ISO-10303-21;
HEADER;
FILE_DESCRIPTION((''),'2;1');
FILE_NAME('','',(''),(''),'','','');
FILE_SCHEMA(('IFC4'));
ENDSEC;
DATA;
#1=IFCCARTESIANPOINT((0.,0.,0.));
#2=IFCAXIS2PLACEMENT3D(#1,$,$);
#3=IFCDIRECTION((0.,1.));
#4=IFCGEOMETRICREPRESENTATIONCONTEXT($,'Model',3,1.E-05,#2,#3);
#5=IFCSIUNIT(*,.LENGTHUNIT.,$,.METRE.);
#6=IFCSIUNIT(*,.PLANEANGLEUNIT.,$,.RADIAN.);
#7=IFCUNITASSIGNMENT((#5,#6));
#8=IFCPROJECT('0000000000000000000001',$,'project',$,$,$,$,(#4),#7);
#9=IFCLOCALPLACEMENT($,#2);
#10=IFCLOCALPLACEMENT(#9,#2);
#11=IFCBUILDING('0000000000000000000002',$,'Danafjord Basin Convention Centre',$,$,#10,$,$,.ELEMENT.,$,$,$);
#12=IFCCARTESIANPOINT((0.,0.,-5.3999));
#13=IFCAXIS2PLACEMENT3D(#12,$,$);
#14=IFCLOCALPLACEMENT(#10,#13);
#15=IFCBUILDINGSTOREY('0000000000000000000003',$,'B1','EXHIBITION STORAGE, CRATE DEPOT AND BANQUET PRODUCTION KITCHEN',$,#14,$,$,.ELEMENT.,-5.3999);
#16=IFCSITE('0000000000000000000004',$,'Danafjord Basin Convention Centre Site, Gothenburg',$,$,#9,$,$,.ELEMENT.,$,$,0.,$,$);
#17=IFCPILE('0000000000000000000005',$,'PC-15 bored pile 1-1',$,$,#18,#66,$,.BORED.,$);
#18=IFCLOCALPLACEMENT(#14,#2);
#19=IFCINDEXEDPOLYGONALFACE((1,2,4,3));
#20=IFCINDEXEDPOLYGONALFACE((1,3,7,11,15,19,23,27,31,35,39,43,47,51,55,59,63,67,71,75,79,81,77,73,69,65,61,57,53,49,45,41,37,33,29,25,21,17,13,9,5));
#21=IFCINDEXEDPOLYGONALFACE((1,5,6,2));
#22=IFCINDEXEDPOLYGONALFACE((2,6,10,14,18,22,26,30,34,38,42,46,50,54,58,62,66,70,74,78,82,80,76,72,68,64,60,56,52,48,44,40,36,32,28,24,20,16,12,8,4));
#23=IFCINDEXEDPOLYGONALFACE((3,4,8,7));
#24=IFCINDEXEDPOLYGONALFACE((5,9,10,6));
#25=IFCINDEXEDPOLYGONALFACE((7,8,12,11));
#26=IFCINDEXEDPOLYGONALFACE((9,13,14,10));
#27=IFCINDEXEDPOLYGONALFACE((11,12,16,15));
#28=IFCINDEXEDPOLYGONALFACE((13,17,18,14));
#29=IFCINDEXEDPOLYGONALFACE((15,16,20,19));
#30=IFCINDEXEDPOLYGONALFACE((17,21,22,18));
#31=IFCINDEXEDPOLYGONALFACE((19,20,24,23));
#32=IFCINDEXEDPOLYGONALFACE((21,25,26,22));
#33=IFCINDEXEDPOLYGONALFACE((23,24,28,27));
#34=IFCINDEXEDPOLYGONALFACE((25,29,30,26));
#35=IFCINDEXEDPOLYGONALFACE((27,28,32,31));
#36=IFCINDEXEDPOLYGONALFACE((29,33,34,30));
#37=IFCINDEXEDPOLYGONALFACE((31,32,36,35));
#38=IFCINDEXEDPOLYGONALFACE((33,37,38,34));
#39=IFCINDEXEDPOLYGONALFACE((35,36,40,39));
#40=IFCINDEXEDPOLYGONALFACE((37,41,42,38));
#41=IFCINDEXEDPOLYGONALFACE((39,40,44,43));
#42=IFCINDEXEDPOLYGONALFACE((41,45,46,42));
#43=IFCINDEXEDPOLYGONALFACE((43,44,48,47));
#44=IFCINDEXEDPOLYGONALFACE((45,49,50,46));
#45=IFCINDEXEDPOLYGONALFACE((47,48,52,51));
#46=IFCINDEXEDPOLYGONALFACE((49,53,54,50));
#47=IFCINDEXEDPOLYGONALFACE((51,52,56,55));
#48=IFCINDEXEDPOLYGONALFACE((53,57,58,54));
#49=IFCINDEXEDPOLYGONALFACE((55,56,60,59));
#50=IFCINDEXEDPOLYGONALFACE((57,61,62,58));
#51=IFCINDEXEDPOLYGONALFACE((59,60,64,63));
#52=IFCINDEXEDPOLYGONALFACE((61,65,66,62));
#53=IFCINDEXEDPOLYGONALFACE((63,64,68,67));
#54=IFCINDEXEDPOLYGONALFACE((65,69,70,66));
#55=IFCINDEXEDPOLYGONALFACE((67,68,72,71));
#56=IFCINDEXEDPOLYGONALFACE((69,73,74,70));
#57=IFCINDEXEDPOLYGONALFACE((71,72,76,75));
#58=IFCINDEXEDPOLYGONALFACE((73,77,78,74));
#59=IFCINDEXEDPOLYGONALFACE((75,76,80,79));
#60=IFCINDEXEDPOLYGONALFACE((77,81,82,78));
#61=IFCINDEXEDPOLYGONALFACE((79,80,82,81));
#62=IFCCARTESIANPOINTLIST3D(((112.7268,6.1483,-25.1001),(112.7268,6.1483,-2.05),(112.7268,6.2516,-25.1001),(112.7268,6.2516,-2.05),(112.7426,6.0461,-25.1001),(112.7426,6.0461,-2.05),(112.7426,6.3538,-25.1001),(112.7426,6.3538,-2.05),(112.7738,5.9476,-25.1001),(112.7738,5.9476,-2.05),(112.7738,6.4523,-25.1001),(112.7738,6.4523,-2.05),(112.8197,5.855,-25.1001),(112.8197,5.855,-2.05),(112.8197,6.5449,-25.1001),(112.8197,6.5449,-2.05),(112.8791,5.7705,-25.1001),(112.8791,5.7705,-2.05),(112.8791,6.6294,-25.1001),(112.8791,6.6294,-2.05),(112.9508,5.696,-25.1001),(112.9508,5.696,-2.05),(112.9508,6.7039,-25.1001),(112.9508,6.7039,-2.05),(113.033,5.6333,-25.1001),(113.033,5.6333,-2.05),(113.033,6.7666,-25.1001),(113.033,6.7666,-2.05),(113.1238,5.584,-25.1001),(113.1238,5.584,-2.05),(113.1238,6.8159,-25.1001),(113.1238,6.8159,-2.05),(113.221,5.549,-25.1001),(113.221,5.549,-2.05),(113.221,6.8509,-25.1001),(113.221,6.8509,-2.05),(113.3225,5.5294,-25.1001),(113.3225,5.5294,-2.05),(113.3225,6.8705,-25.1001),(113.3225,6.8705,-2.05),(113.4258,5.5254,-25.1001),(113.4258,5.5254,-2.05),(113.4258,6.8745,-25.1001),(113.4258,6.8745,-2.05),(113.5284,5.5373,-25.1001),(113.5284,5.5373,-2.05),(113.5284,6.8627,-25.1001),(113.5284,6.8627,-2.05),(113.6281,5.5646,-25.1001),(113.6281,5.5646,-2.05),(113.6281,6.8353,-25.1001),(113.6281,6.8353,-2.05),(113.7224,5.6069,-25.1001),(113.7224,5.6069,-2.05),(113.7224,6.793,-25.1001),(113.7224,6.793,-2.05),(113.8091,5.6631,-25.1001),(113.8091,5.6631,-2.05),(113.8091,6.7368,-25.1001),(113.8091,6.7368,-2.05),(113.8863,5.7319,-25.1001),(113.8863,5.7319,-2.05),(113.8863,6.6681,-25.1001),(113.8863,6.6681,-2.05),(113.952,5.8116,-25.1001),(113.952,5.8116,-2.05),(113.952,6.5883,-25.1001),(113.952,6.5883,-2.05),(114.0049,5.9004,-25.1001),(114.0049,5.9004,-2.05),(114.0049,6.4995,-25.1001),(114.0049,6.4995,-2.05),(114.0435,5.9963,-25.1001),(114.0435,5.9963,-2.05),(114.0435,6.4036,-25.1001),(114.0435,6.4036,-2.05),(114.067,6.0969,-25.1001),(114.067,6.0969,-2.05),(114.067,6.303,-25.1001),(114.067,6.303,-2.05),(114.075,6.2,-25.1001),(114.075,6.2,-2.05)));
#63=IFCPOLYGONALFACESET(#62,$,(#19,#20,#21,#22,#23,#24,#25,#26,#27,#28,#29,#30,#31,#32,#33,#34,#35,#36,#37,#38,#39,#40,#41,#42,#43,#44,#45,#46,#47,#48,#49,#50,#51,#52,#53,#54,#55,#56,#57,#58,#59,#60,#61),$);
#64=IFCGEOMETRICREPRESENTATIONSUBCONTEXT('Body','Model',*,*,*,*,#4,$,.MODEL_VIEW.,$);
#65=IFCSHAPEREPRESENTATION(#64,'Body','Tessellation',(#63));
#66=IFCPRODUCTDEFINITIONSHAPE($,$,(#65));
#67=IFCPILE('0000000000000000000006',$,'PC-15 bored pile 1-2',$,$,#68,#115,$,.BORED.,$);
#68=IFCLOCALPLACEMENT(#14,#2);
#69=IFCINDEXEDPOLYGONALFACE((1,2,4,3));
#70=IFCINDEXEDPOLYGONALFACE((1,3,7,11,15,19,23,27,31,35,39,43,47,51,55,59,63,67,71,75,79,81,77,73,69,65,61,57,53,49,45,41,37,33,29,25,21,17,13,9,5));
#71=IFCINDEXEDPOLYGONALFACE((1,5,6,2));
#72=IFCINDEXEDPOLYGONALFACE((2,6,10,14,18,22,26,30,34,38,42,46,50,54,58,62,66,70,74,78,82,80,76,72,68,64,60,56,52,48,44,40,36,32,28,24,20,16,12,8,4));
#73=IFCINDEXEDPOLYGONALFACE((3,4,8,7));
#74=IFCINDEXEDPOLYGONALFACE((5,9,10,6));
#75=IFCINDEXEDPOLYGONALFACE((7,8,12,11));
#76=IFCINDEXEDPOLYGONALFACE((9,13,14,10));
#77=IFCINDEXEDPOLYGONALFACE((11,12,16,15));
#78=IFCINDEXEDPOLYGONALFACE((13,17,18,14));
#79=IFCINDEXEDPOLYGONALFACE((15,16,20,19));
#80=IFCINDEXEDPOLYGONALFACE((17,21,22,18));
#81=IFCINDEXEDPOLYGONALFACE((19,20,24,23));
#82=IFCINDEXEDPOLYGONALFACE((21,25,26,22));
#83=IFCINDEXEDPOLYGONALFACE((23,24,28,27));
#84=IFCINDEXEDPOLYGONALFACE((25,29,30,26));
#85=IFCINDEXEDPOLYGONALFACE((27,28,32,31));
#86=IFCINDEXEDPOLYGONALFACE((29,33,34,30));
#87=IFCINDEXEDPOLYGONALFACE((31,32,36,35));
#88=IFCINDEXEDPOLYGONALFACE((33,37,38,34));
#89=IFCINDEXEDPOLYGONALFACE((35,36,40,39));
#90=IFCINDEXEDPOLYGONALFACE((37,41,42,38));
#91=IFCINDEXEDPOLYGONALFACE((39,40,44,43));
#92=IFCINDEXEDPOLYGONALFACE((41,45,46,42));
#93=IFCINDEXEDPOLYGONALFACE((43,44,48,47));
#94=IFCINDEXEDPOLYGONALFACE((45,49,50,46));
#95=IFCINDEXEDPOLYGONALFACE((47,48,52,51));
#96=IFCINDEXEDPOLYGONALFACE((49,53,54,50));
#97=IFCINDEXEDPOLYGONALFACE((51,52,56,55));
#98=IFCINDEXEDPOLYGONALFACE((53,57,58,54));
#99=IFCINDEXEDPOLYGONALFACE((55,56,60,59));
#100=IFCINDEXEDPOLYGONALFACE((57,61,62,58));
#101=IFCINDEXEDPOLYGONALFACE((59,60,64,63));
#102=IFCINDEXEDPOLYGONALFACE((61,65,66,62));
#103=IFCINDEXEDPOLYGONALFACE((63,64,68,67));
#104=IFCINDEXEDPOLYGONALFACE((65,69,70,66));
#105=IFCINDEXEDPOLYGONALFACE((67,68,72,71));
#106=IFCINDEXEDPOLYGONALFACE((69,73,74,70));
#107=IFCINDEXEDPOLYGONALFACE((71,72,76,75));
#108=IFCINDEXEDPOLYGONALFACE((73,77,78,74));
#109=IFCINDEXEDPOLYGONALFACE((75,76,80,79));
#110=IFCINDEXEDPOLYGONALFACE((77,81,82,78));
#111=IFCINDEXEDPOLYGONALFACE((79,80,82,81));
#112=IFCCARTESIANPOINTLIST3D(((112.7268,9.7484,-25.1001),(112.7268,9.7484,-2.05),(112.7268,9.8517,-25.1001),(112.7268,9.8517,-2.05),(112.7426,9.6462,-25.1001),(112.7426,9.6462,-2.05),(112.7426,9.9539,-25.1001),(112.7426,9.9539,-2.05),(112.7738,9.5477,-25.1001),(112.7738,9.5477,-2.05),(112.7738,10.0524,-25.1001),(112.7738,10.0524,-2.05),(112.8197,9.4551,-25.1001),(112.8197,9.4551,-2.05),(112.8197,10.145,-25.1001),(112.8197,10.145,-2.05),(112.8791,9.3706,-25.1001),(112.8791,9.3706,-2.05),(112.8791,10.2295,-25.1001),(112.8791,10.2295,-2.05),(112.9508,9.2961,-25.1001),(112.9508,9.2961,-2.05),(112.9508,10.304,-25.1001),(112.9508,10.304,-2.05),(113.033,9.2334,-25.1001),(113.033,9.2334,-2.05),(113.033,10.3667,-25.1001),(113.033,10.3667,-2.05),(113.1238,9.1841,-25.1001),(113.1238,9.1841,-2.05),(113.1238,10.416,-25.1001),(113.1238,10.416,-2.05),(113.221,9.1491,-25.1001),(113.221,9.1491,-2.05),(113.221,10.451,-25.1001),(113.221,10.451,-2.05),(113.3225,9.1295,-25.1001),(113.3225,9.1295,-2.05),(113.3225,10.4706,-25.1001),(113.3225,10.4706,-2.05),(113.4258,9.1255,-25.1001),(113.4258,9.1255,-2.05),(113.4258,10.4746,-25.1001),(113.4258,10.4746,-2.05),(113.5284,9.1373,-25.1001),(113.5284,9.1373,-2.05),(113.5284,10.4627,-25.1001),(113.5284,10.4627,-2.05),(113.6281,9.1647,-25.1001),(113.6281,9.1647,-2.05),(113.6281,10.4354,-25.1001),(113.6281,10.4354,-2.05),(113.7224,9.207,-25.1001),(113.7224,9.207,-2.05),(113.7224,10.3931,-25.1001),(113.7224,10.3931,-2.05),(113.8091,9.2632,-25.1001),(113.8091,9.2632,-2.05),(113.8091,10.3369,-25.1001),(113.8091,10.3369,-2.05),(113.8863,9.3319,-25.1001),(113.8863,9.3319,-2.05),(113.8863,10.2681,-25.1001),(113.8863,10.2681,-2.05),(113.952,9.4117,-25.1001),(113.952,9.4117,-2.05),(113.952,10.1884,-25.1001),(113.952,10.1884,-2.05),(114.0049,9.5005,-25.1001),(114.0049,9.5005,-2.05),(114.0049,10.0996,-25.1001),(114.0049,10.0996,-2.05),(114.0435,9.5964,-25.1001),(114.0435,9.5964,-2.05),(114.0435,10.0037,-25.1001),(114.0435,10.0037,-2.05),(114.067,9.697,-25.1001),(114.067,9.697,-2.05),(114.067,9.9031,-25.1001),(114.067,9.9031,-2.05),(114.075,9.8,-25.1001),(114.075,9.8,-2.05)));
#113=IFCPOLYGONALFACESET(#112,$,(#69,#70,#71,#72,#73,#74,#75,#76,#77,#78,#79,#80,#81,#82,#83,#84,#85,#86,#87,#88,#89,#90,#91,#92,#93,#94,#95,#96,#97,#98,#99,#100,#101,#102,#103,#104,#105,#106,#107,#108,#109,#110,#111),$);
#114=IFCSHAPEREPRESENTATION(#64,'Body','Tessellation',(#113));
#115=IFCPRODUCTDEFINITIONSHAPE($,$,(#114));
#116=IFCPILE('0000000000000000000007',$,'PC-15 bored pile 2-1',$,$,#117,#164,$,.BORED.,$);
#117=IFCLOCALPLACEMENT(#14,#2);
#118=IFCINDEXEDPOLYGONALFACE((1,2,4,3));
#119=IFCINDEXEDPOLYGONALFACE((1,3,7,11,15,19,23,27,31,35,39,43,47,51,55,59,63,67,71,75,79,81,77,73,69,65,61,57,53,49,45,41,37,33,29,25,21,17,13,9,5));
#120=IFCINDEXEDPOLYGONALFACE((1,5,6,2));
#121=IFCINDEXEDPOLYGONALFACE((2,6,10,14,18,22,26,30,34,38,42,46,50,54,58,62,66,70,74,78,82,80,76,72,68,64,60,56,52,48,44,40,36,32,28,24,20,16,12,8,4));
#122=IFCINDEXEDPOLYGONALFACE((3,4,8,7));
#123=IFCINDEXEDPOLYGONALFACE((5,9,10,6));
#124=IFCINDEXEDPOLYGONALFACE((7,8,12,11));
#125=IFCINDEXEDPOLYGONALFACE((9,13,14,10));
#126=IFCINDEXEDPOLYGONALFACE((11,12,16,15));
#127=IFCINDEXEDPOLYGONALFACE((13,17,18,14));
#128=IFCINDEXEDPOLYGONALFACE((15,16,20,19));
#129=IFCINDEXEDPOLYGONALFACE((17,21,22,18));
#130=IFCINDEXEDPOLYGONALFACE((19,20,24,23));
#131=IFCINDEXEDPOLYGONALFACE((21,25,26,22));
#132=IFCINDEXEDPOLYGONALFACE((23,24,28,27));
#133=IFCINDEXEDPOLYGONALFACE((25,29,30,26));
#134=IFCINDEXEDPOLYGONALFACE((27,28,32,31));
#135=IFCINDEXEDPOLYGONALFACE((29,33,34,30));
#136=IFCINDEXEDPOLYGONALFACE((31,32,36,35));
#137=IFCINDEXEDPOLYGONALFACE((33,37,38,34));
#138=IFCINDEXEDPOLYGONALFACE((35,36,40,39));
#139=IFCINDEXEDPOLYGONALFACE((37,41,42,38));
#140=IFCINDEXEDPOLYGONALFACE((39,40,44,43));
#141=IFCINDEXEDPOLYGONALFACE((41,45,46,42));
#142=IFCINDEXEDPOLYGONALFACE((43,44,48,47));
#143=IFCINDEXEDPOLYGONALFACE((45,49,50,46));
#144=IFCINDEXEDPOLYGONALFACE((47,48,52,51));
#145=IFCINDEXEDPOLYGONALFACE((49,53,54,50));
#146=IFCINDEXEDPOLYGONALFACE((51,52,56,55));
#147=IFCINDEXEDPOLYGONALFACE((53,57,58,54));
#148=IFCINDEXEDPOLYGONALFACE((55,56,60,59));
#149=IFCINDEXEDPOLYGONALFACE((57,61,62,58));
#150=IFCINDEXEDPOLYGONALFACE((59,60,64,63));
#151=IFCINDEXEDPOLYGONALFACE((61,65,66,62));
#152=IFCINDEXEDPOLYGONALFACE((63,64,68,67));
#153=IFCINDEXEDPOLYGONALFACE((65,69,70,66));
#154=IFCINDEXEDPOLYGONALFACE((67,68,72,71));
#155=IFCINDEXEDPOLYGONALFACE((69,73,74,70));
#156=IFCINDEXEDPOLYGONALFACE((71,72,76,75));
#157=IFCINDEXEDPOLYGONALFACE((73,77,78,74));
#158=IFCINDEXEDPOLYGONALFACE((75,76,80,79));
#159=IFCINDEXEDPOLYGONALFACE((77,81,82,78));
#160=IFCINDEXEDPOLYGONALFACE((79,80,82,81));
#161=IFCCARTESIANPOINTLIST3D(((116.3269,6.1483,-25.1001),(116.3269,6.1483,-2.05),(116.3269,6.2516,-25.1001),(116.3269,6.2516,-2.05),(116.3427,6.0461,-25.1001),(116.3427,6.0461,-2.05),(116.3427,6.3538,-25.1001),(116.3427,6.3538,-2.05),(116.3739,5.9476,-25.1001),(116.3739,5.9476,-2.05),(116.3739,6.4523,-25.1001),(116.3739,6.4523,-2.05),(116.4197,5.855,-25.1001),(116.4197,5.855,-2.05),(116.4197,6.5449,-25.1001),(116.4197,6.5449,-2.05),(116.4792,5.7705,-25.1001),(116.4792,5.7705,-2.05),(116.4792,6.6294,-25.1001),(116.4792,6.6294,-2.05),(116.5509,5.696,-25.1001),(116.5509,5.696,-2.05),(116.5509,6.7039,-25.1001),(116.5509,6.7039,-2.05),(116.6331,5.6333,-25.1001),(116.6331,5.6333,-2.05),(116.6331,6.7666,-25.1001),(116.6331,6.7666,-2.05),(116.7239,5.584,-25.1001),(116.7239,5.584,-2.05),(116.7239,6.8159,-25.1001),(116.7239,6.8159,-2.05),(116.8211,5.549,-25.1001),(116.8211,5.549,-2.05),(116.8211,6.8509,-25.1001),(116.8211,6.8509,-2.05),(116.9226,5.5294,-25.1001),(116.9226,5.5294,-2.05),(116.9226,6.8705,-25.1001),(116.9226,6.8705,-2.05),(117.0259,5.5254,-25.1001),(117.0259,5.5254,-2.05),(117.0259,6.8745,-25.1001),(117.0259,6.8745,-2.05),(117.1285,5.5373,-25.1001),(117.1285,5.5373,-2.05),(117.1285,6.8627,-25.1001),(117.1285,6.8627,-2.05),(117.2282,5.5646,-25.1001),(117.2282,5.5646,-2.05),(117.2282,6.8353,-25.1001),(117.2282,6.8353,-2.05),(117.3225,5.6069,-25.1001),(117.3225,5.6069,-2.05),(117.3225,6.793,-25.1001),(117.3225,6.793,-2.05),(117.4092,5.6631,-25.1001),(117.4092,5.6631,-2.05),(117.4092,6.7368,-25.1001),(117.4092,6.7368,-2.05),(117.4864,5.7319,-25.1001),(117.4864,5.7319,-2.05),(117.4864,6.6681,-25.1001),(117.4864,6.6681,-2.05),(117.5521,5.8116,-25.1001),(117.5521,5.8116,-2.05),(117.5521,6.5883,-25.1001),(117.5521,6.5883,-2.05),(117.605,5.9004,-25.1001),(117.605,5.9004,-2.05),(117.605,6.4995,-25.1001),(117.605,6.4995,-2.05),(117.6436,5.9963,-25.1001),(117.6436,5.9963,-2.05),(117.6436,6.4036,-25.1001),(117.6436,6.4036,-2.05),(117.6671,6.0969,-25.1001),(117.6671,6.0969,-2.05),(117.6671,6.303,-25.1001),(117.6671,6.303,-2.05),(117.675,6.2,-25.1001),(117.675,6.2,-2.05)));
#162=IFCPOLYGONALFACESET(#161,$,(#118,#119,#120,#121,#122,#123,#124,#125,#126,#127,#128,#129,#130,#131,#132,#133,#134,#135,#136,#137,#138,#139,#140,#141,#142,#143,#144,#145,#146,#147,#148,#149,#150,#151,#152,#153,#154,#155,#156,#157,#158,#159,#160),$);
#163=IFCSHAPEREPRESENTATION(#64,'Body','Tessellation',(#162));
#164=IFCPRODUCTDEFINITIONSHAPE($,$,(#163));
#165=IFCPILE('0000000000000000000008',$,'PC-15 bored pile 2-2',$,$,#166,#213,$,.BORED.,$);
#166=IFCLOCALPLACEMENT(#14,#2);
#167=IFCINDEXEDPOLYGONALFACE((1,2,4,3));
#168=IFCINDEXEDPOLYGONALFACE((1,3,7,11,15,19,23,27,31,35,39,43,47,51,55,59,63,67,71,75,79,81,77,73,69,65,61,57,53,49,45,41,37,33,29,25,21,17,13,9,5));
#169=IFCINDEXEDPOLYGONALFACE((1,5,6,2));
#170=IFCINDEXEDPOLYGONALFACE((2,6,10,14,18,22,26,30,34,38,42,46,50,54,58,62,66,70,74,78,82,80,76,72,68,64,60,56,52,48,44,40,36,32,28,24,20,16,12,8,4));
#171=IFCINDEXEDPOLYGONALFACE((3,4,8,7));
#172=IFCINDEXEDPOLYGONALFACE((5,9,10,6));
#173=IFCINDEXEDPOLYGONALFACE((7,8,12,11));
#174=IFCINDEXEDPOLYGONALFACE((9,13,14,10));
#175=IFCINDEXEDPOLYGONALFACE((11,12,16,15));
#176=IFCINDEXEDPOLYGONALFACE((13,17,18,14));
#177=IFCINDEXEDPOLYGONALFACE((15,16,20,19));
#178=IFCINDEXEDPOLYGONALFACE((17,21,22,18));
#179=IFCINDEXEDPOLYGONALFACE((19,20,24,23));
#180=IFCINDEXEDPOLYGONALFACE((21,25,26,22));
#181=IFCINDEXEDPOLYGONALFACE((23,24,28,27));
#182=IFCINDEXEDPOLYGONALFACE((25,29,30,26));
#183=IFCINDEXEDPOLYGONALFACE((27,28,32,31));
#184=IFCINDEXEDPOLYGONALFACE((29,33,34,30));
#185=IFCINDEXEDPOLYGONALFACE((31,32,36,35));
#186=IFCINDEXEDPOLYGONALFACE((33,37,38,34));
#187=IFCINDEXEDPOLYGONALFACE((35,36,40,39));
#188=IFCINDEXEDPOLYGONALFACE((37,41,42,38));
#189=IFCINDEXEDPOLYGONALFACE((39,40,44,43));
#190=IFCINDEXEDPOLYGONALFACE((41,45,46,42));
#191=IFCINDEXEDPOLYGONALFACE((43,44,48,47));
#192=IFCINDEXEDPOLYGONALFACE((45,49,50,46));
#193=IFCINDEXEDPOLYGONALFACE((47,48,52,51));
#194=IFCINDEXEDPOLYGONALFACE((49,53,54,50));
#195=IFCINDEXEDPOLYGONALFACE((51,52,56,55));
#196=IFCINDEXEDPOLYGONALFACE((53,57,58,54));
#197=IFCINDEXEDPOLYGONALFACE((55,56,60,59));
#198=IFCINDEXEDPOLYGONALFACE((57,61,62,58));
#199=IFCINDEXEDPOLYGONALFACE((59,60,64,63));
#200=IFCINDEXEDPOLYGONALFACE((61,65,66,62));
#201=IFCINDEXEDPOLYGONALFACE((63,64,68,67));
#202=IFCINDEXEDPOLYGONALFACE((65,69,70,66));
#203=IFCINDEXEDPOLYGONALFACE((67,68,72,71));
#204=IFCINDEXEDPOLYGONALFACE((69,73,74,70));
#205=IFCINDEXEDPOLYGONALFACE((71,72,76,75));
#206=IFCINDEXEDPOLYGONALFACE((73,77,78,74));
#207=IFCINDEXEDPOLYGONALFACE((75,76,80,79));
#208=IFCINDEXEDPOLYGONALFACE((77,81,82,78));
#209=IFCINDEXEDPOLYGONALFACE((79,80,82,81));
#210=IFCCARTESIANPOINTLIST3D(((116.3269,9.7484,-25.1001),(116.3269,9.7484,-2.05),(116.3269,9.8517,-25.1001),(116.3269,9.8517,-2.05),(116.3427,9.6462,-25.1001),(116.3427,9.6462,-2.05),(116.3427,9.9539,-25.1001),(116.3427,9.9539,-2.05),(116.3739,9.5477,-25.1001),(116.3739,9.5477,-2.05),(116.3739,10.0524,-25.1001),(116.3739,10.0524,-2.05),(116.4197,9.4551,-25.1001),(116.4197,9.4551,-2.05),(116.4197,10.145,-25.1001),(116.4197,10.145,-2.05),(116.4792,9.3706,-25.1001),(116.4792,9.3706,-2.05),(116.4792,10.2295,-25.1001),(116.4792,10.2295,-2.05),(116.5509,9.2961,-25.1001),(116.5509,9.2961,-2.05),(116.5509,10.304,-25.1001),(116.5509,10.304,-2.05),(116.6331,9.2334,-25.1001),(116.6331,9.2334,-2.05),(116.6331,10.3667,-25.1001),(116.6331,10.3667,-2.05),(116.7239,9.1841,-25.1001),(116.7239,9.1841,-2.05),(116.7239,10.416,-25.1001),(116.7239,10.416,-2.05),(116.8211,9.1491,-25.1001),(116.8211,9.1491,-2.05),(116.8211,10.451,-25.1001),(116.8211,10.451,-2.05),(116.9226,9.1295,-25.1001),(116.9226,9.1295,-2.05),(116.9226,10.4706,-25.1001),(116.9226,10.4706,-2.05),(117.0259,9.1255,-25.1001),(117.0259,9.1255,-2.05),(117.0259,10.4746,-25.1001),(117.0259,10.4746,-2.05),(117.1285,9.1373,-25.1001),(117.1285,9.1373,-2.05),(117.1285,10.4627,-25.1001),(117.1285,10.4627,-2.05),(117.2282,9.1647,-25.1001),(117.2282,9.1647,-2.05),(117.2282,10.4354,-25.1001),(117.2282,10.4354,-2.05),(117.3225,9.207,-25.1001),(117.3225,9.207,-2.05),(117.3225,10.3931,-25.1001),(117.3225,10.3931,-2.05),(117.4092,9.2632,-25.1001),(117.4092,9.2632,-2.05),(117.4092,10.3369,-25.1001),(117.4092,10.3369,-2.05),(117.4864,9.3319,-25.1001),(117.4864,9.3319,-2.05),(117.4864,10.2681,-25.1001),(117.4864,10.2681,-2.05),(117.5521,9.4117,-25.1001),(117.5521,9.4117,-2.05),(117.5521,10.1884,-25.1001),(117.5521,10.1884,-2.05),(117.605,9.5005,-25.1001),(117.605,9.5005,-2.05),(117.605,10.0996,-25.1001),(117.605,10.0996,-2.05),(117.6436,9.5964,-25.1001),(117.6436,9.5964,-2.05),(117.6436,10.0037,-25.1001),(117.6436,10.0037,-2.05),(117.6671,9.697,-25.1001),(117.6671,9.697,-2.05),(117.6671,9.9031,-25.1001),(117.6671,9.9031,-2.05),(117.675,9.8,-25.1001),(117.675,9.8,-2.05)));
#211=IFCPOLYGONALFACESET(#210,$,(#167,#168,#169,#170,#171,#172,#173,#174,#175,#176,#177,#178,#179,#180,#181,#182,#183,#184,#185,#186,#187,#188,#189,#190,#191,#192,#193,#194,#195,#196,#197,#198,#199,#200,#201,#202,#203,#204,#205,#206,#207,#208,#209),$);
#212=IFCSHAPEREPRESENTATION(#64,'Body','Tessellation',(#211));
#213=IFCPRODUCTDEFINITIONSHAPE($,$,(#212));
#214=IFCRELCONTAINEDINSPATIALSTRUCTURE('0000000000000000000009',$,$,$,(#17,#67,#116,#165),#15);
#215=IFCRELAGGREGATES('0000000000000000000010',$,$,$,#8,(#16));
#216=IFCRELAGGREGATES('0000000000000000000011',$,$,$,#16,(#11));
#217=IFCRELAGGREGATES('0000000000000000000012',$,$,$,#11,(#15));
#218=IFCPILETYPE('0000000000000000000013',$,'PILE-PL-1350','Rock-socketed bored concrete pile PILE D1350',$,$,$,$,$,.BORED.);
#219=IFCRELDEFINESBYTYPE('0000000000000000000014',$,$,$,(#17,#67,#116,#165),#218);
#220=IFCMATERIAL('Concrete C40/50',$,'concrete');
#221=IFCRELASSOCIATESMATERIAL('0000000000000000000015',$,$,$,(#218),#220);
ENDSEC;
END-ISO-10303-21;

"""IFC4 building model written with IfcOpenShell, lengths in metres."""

from ifc_helpers import new_model, si_unit, direction, frame, origin, origin_2d, place, context, subcontext, project, spatial, circle, extrude, material, material_profile, profile_set, type_object, element, save


model = new_model("IFC4")

# Units and contexts
model_context = context("Model", 3, precision=1e-05, world=origin(), true_north=direction((0.0, 1.0)))
body_context = subcontext(model_context, "Body", "Model", "MODEL_VIEW")
ifc_project = project(units=[si_unit("LENGTHUNIT", "METRE"), si_unit("PLANEANGLEUNIT", "RADIAN")], contexts=[model_context])

# Site, building, storey
site_placement = place(None, origin())
site = spatial("IfcSite", under=ifc_project, at=site_placement, Name="Danafjord Basin Convention Centre Site, Gothenburg", CompositionType="ELEMENT", RefElevation=0.0)
building_placement = place(site_placement, origin())
building = spatial("IfcBuilding", under=site, at=building_placement, Name="Danafjord Basin Convention Centre", CompositionType="ELEMENT")
storey_placement = place(building_placement, frame((0.0, 0.0, -5.3999)))
storey = spatial("IfcBuildingStorey", under=building, at=storey_placement, Name="B1", Description="EXHIBITION STORAGE, CRATE DEPOT AND BANQUET PRODUCTION KITCHEN", CompositionType="ELEMENT", Elevation=-5.3999)

# Shared definitions
ifc_material_1 = material(Name="Concrete C40/50", Category="concrete")

# Piles
ifc_material_profile_1 = material_profile(ifc_material_1, circle(Radius=0.675, at=origin_2d()), Name="PILE D1350")
ifc_profile_set_1 = profile_set([ifc_material_profile_1], Name="Concrete C40/50")
pile_type_1 = type_object("IfcPileType", Name="PILE-PL-1350", Description="Rock-socketed bored concrete pile PILE D1350", PredefinedType="BORED", material=ifc_profile_set_1)
for number, where, z_axis, x_axis, name in (
    (1, (113.3999, 6.2, -2.05), (0.0, 0.0, -1.0), (1.0, 0.0, 0.0), "PC-15 bored pile 1-1"),
    (2, (113.3999, 9.8, -2.05), (0.0, 0.0, -1.0), (1.0, 0.0, 0.0), "PC-15 bored pile 1-2"),
    (3, (117.0, 6.2, -2.05), (0.0, 0.0, -1.0), (1.0, 0.0, 0.0), "PC-15 bored pile 2-1"),
    (4, (117.0, 9.8, -2.05), (0.0, 0.0, -1.0), (1.0, 0.0, 0.0), "PC-15 bored pile 2-2"),
):
    element("IfcPile", number, at=place(storey_placement, frame(where, z_axis=z_axis, x_axis=x_axis)), inside=storey, type_object=pile_type_1, Name=name, PredefinedType="BORED", context=body_context, shape_type="SweptSolid", body=[
        extrude(circle(Radius=0.675, at=origin_2d()), origin(), (0.0, 0.0, 1.0), 23.05),
    ])

save(model, "model.ifc")
